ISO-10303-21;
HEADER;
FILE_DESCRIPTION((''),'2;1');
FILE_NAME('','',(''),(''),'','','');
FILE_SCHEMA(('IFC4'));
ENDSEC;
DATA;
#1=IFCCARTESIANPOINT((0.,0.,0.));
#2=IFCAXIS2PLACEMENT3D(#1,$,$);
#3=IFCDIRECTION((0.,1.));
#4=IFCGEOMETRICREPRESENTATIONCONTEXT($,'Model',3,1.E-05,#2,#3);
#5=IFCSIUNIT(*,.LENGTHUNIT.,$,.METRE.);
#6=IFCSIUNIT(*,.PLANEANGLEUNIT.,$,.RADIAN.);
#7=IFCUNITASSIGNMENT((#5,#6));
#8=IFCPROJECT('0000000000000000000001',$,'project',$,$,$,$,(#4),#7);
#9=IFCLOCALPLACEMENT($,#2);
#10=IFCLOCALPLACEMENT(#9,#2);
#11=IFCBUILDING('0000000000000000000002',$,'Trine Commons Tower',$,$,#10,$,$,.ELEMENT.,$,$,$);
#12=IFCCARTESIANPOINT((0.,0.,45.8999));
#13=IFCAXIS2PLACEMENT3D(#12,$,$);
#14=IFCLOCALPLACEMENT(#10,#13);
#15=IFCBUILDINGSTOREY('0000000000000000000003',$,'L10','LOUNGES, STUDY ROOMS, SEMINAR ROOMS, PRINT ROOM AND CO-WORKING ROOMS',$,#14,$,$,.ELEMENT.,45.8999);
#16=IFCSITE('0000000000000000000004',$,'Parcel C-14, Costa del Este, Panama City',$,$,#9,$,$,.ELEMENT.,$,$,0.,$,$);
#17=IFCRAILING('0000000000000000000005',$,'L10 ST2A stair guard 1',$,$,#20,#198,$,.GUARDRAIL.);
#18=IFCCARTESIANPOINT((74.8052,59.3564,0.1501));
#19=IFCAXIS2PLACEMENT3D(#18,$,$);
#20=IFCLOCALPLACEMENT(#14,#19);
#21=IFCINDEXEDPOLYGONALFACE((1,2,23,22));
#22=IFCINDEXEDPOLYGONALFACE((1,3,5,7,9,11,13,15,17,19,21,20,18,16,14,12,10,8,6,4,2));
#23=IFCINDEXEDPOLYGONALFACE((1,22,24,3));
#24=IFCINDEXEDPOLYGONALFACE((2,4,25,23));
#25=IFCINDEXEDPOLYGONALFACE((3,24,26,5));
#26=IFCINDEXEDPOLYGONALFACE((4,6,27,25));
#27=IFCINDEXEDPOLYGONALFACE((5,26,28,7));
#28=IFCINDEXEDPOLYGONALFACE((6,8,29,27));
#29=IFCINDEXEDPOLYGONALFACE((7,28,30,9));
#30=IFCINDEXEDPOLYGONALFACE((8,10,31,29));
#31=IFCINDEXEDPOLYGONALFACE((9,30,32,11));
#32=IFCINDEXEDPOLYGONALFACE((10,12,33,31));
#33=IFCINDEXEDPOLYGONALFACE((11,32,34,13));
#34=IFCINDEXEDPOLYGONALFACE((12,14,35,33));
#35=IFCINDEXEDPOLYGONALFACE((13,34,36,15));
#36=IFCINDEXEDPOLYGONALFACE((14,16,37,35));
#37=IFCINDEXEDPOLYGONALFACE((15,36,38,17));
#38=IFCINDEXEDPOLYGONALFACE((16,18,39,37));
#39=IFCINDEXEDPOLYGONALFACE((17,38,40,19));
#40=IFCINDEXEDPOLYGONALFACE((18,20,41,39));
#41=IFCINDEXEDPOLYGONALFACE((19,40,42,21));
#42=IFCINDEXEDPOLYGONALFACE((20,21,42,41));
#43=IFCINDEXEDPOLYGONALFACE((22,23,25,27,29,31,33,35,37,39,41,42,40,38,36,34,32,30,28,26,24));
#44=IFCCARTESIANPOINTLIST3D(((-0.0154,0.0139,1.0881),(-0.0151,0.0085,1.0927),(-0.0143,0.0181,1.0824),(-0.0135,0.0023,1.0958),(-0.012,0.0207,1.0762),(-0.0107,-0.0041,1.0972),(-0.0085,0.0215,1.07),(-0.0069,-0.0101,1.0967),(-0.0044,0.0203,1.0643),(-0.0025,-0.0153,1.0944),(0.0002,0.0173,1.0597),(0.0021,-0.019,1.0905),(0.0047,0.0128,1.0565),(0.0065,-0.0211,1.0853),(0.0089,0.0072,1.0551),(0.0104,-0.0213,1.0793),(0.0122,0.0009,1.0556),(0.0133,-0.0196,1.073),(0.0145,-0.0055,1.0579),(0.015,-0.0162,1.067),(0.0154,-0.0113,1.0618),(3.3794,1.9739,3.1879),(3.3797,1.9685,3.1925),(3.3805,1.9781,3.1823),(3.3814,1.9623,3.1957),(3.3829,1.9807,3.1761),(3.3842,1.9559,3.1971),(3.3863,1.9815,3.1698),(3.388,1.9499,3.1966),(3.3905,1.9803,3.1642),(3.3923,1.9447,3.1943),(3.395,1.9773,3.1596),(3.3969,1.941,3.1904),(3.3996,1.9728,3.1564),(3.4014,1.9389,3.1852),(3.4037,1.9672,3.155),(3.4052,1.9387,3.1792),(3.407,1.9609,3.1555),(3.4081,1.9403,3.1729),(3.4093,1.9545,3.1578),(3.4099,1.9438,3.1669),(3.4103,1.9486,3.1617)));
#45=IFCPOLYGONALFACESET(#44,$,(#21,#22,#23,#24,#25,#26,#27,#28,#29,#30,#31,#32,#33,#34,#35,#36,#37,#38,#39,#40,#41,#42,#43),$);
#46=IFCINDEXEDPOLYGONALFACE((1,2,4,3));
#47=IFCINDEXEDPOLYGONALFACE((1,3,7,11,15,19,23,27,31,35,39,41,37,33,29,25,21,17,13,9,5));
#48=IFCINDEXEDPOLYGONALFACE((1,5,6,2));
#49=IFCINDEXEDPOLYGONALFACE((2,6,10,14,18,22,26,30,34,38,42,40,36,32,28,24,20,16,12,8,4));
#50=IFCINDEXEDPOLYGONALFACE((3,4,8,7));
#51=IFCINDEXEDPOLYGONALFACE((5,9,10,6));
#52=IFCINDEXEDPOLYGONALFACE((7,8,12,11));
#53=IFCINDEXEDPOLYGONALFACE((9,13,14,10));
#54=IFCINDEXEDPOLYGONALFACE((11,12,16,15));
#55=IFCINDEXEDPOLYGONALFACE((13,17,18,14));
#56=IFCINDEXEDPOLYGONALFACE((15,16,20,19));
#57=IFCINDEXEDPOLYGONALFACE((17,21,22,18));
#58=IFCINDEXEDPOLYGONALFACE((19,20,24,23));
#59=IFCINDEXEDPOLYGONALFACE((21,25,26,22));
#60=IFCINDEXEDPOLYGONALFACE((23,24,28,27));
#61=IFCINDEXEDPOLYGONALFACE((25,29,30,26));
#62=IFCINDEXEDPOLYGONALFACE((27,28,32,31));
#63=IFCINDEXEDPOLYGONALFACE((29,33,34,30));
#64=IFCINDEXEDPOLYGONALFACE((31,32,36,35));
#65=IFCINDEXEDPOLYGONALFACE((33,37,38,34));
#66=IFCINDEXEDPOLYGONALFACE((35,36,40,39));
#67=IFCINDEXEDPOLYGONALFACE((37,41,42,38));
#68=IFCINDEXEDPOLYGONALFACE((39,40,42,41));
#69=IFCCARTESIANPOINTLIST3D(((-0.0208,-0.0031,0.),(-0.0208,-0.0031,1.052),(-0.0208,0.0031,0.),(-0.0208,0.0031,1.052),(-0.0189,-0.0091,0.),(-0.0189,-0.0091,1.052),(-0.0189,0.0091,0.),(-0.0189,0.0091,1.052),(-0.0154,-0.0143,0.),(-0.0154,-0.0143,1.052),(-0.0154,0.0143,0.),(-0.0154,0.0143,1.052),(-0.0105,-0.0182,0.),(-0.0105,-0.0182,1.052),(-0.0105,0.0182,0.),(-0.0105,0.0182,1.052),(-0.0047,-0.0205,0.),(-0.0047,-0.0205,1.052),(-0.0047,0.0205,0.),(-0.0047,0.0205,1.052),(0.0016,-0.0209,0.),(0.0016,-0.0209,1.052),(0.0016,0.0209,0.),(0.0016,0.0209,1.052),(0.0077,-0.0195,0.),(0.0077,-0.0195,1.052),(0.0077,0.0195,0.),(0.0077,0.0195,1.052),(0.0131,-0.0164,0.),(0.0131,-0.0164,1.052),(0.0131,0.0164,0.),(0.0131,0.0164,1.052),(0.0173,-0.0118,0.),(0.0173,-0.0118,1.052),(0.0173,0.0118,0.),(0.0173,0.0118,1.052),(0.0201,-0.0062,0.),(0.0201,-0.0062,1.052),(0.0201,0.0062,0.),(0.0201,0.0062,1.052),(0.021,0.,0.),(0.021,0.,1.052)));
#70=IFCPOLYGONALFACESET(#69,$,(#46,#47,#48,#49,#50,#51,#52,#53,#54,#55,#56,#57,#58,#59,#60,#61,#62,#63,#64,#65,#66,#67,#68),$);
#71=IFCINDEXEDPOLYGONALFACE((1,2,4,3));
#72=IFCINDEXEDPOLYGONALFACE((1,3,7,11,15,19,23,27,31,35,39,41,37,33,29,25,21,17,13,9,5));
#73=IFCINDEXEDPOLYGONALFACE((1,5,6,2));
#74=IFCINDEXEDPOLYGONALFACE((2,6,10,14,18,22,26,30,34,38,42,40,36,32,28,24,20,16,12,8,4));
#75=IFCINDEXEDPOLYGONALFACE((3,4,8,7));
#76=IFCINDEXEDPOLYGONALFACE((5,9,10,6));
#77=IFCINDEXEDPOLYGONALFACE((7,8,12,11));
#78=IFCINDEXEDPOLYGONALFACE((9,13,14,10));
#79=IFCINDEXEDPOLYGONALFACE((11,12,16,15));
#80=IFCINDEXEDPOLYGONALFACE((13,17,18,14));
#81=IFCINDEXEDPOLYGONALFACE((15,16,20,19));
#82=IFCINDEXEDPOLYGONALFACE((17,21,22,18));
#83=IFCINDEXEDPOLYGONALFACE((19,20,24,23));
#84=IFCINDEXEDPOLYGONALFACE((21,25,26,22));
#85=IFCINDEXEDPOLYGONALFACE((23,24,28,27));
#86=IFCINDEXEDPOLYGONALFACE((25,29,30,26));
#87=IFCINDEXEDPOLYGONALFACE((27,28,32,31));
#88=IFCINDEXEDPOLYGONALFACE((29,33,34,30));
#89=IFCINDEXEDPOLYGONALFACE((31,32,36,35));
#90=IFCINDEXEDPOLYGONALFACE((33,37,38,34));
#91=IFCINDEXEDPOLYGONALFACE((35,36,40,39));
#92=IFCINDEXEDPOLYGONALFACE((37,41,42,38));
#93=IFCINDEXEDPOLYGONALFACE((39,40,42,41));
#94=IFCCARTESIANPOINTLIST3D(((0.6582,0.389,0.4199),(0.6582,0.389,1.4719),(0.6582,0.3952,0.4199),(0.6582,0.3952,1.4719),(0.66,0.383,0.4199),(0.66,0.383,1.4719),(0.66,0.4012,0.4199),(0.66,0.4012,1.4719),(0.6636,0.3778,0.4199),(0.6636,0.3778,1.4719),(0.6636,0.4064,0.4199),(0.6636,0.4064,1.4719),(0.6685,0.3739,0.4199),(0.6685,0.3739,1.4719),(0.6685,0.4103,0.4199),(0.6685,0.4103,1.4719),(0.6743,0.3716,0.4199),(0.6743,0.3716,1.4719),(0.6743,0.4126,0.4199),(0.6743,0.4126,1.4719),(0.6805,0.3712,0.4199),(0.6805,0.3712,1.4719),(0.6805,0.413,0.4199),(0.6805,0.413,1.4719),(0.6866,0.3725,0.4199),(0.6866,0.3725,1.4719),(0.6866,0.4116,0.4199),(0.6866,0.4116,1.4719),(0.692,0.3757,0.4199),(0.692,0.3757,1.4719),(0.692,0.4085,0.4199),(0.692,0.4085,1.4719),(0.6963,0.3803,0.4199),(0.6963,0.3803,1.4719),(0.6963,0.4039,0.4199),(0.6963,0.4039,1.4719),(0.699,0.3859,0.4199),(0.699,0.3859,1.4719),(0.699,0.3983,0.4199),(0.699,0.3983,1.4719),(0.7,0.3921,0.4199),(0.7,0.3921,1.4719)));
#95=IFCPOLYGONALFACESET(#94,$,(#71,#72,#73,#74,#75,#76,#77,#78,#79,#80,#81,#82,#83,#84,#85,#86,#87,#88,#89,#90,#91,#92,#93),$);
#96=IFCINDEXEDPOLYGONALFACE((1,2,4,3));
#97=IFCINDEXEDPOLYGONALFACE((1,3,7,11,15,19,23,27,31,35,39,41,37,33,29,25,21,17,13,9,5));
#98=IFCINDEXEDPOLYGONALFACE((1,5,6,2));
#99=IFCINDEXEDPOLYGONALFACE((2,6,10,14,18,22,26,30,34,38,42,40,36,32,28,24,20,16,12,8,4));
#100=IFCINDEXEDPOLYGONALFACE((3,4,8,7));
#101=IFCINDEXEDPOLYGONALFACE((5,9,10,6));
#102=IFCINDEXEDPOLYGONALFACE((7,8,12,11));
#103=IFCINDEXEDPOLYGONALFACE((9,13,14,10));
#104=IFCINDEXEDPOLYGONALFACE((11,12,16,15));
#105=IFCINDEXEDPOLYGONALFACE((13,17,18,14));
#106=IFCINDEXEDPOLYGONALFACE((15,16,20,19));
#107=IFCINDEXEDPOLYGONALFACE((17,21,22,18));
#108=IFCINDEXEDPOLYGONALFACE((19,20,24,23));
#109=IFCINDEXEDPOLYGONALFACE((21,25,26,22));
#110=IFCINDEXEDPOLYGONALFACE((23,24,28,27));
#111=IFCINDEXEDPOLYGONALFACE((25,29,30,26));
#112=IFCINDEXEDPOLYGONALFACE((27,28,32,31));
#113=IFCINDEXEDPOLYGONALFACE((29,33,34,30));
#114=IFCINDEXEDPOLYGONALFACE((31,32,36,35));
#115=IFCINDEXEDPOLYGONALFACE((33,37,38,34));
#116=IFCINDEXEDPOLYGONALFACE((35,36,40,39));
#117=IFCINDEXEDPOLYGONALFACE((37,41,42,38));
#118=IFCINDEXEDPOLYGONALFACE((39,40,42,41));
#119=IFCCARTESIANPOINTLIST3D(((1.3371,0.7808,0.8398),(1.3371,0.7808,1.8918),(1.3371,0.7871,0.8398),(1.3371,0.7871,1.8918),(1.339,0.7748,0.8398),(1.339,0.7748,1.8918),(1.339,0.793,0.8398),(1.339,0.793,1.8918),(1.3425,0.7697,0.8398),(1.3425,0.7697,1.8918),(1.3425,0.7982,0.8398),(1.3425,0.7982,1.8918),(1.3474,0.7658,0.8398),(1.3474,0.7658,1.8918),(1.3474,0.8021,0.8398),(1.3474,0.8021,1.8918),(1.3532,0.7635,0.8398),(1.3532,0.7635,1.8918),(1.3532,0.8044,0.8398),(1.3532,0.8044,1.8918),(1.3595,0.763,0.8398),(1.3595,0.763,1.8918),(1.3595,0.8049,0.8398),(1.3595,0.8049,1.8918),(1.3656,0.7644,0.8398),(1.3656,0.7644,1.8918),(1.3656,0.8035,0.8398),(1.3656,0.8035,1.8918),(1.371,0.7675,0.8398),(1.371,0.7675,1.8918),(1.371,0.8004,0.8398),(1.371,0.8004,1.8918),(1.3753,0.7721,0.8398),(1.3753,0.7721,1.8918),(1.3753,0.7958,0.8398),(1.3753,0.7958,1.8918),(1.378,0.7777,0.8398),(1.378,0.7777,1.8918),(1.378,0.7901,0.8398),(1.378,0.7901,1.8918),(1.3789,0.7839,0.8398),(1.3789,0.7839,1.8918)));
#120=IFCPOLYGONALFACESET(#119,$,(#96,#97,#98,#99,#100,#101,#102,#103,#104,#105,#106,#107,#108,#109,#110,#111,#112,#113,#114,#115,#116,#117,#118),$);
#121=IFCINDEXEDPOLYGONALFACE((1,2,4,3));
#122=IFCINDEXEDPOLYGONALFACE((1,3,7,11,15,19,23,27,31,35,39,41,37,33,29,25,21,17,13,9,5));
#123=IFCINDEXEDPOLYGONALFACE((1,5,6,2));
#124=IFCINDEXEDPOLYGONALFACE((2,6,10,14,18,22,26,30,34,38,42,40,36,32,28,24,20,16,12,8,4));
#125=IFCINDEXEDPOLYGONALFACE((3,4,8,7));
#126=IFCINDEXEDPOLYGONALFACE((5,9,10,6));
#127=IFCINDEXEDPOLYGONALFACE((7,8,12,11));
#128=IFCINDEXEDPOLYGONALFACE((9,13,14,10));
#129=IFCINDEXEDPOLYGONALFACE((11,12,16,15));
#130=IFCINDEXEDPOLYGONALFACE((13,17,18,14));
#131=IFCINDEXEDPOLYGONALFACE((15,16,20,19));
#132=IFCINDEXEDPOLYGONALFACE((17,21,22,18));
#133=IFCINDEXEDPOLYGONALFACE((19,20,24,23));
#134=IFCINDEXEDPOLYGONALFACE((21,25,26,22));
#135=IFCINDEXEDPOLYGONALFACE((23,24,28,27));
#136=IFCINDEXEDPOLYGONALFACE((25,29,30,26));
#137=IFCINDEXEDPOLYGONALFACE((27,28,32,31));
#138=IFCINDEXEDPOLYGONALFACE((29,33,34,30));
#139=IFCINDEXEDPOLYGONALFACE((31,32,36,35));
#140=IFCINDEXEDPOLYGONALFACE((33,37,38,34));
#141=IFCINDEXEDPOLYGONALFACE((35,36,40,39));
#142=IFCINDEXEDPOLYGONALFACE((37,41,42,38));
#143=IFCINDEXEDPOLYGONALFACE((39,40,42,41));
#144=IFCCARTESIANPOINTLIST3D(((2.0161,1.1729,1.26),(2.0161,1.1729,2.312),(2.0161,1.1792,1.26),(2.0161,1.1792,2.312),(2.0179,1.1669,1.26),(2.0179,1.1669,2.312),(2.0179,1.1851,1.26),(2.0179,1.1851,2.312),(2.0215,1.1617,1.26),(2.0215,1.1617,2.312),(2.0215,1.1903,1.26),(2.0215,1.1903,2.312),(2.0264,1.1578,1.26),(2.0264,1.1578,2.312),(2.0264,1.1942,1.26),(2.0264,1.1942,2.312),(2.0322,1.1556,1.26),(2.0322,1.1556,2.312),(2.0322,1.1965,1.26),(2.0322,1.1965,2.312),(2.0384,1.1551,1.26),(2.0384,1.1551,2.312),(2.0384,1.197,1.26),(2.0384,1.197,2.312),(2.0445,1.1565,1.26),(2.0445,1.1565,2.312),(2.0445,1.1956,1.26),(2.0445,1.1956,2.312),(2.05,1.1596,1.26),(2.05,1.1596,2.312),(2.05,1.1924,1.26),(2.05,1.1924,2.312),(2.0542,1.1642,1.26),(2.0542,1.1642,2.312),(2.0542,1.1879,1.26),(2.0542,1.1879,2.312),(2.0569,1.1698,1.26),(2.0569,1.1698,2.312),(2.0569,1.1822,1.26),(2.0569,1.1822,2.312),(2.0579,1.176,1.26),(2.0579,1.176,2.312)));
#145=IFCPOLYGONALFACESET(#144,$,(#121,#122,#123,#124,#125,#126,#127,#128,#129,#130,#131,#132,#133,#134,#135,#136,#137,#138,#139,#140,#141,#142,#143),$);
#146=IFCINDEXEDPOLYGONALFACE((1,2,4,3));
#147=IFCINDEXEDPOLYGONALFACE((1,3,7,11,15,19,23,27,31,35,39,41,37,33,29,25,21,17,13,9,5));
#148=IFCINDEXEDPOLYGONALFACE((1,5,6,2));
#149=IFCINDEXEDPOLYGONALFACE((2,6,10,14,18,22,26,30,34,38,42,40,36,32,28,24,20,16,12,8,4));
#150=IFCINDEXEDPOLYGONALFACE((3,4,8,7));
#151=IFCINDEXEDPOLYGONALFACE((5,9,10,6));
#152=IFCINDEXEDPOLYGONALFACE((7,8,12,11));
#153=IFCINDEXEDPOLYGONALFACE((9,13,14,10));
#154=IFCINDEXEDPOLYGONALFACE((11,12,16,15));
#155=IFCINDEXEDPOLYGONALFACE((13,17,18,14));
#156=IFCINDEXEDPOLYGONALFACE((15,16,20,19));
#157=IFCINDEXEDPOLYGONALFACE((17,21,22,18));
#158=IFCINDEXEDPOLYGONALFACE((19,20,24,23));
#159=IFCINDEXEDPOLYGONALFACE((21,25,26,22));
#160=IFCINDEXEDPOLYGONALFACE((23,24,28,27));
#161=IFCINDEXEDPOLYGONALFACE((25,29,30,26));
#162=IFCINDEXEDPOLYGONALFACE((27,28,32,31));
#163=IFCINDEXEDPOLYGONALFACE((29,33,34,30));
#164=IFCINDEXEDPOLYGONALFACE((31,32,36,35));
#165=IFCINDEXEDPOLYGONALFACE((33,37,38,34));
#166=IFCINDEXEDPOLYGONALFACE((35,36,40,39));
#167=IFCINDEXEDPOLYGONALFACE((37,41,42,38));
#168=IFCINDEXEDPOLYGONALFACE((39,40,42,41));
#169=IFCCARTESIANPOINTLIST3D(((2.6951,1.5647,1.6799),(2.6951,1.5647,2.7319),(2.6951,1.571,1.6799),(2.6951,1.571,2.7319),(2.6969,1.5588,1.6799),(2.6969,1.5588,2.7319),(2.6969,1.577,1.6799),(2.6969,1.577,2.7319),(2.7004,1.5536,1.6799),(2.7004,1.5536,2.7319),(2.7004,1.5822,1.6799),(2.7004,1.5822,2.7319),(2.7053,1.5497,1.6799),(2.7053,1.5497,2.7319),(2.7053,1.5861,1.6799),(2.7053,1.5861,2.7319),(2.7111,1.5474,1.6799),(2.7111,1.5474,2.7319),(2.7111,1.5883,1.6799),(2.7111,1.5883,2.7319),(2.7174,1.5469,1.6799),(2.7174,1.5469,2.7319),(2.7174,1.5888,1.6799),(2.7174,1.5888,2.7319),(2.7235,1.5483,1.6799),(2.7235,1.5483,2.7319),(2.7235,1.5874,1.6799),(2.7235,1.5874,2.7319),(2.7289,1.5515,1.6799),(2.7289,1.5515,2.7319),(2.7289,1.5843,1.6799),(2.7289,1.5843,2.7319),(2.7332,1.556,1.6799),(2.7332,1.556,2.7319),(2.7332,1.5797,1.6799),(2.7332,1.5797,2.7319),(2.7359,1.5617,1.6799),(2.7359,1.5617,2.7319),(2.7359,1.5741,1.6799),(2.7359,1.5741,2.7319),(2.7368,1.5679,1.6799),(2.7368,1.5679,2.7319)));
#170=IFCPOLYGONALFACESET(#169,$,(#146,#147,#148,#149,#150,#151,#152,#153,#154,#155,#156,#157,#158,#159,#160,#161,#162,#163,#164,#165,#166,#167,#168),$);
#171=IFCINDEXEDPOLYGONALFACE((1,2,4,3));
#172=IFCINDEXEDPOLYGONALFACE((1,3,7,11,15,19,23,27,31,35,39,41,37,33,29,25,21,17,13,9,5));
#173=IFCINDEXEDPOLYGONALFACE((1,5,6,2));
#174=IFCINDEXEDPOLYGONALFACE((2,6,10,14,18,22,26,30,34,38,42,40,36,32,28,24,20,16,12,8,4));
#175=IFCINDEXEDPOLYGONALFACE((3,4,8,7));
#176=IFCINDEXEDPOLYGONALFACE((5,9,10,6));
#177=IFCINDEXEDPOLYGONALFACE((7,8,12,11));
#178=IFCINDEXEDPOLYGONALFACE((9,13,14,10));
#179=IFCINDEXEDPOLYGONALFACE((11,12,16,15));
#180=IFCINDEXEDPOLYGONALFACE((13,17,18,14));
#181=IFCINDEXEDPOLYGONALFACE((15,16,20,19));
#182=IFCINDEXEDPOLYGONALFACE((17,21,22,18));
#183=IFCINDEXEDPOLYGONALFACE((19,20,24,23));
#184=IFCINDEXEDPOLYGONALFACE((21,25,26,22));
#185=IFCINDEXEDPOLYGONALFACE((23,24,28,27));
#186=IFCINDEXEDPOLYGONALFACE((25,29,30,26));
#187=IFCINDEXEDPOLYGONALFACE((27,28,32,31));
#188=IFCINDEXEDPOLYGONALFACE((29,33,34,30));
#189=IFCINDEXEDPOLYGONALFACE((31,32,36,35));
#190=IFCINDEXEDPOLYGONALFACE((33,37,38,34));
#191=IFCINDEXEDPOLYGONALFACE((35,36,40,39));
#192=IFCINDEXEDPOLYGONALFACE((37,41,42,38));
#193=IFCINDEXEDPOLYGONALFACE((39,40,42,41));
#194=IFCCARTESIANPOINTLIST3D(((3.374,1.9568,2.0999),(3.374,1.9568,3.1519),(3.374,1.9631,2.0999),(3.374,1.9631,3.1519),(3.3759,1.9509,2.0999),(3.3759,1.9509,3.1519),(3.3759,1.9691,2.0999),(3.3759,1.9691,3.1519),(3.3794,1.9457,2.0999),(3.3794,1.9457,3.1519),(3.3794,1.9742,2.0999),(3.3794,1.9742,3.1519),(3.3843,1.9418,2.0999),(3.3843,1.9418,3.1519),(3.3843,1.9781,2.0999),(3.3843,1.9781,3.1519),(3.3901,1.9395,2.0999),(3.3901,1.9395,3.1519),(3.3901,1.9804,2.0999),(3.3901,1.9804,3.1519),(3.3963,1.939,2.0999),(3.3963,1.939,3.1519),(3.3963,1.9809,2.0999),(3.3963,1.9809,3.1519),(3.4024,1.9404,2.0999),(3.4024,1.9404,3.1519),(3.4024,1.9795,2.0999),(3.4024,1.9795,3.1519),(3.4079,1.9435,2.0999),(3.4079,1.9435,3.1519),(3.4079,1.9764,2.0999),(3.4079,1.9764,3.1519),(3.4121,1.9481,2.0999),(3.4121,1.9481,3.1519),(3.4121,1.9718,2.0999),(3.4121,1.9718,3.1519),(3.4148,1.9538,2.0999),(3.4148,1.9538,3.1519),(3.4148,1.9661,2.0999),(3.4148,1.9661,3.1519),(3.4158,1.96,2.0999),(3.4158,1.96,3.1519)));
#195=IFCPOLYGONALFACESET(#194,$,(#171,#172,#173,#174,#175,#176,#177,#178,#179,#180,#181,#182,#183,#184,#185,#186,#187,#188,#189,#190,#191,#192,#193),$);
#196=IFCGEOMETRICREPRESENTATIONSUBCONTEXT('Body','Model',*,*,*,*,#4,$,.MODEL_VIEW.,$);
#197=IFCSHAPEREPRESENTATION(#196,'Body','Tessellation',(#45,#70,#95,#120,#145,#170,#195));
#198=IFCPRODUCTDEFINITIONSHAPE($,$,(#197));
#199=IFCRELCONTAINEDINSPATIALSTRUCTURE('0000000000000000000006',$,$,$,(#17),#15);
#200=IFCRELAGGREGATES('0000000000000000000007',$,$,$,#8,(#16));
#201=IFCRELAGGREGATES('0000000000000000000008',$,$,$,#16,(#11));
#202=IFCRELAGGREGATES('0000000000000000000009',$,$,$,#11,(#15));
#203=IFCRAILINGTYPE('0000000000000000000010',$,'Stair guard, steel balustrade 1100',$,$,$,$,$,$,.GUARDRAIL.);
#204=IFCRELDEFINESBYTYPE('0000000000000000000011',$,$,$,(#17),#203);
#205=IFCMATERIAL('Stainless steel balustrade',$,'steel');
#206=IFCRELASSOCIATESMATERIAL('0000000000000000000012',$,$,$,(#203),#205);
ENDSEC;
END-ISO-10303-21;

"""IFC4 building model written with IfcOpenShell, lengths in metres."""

from ifc_helpers import new_model, si_unit, direction, frame, origin, origin_2d, place, context, subcontext, project, spatial, circle, extrude, material, type_object, element, save


model = new_model("IFC4")

# Units and contexts
model_context = context("Model", 3, precision=1e-05, world=origin(), true_north=direction((0.0, 1.0)))
body_context = subcontext(model_context, "Body", "Model", "MODEL_VIEW")
ifc_project = project(units=[si_unit("LENGTHUNIT", "METRE"), si_unit("PLANEANGLEUNIT", "RADIAN")], contexts=[model_context])

# Site, building, storey
site_placement = place(None, origin())
site = spatial("IfcSite", under=ifc_project, at=site_placement, Name="Parcel C-14, Costa del Este, Panama City", CompositionType="ELEMENT", RefElevation=0.0)
building_placement = place(site_placement, origin())
building = spatial("IfcBuilding", under=site, at=building_placement, Name="Trine Commons Tower", CompositionType="ELEMENT")
storey_placement = place(building_placement, frame((0.0, 0.0, 45.8999)))
storey = spatial("IfcBuildingStorey", under=building, at=storey_placement, Name="L10", Description="LOUNGES, STUDY ROOMS, SEMINAR ROOMS, PRINT ROOM AND CO-WORKING ROOMS", CompositionType="ELEMENT", Elevation=45.8999)

# Railing
ifc_material_1 = material(Name="Stainless steel balustrade", Category="steel")
railing_type_1 = type_object("IfcRailingType", Name="Stair guard, steel balustrade 1100", PredefinedType="GUARDRAIL", material=ifc_material_1)
railing_1_placement = place(storey_placement, frame((74.8052, 59.3564, 0.1501)))
element("IfcRailing", 1, at=railing_1_placement, inside=storey, type_object=railing_type_1, Name="L10 ST2A stair guard 1", PredefinedType="GUARDRAIL", context=body_context, shape_type="SweptSolid", body=[
    extrude(circle(Radius=0.0239, at=origin_2d()), frame((0.0, 0.0, 1.0762), z_axis=(0.763395, 0.440743, 0.472201), x_axis=(-0.499997, 0.866027, 0.0)), (0.0, 0.0, 1.0), 4.447),
    extrude(circle(Radius=0.021, at=origin_2d()), origin(), (0.0, 0.0, 1.0), 1.052),
    extrude(circle(Radius=0.021, at=origin_2d()), frame((0.679, 0.3921, 0.4199)), (0.0, 0.0, 1.0), 1.052),
    extrude(circle(Radius=0.021, at=origin_2d()), frame((1.3579, 0.7839, 0.8398)), (0.0, 0.0, 1.0), 1.052),
    extrude(circle(Radius=0.021, at=origin_2d()), frame((2.0369, 1.176, 1.26)), (0.0, 0.0, 1.0), 1.052),
    extrude(circle(Radius=0.021, at=origin_2d()), frame((2.7158, 1.5679, 1.6799)), (0.0, 0.0, 1.0), 1.052),
    extrude(circle(Radius=0.021, at=origin_2d()), frame((3.3948, 1.96, 2.0999)), (0.0, 0.0, 1.0), 1.052),
])

save(model, "model.ifc")
